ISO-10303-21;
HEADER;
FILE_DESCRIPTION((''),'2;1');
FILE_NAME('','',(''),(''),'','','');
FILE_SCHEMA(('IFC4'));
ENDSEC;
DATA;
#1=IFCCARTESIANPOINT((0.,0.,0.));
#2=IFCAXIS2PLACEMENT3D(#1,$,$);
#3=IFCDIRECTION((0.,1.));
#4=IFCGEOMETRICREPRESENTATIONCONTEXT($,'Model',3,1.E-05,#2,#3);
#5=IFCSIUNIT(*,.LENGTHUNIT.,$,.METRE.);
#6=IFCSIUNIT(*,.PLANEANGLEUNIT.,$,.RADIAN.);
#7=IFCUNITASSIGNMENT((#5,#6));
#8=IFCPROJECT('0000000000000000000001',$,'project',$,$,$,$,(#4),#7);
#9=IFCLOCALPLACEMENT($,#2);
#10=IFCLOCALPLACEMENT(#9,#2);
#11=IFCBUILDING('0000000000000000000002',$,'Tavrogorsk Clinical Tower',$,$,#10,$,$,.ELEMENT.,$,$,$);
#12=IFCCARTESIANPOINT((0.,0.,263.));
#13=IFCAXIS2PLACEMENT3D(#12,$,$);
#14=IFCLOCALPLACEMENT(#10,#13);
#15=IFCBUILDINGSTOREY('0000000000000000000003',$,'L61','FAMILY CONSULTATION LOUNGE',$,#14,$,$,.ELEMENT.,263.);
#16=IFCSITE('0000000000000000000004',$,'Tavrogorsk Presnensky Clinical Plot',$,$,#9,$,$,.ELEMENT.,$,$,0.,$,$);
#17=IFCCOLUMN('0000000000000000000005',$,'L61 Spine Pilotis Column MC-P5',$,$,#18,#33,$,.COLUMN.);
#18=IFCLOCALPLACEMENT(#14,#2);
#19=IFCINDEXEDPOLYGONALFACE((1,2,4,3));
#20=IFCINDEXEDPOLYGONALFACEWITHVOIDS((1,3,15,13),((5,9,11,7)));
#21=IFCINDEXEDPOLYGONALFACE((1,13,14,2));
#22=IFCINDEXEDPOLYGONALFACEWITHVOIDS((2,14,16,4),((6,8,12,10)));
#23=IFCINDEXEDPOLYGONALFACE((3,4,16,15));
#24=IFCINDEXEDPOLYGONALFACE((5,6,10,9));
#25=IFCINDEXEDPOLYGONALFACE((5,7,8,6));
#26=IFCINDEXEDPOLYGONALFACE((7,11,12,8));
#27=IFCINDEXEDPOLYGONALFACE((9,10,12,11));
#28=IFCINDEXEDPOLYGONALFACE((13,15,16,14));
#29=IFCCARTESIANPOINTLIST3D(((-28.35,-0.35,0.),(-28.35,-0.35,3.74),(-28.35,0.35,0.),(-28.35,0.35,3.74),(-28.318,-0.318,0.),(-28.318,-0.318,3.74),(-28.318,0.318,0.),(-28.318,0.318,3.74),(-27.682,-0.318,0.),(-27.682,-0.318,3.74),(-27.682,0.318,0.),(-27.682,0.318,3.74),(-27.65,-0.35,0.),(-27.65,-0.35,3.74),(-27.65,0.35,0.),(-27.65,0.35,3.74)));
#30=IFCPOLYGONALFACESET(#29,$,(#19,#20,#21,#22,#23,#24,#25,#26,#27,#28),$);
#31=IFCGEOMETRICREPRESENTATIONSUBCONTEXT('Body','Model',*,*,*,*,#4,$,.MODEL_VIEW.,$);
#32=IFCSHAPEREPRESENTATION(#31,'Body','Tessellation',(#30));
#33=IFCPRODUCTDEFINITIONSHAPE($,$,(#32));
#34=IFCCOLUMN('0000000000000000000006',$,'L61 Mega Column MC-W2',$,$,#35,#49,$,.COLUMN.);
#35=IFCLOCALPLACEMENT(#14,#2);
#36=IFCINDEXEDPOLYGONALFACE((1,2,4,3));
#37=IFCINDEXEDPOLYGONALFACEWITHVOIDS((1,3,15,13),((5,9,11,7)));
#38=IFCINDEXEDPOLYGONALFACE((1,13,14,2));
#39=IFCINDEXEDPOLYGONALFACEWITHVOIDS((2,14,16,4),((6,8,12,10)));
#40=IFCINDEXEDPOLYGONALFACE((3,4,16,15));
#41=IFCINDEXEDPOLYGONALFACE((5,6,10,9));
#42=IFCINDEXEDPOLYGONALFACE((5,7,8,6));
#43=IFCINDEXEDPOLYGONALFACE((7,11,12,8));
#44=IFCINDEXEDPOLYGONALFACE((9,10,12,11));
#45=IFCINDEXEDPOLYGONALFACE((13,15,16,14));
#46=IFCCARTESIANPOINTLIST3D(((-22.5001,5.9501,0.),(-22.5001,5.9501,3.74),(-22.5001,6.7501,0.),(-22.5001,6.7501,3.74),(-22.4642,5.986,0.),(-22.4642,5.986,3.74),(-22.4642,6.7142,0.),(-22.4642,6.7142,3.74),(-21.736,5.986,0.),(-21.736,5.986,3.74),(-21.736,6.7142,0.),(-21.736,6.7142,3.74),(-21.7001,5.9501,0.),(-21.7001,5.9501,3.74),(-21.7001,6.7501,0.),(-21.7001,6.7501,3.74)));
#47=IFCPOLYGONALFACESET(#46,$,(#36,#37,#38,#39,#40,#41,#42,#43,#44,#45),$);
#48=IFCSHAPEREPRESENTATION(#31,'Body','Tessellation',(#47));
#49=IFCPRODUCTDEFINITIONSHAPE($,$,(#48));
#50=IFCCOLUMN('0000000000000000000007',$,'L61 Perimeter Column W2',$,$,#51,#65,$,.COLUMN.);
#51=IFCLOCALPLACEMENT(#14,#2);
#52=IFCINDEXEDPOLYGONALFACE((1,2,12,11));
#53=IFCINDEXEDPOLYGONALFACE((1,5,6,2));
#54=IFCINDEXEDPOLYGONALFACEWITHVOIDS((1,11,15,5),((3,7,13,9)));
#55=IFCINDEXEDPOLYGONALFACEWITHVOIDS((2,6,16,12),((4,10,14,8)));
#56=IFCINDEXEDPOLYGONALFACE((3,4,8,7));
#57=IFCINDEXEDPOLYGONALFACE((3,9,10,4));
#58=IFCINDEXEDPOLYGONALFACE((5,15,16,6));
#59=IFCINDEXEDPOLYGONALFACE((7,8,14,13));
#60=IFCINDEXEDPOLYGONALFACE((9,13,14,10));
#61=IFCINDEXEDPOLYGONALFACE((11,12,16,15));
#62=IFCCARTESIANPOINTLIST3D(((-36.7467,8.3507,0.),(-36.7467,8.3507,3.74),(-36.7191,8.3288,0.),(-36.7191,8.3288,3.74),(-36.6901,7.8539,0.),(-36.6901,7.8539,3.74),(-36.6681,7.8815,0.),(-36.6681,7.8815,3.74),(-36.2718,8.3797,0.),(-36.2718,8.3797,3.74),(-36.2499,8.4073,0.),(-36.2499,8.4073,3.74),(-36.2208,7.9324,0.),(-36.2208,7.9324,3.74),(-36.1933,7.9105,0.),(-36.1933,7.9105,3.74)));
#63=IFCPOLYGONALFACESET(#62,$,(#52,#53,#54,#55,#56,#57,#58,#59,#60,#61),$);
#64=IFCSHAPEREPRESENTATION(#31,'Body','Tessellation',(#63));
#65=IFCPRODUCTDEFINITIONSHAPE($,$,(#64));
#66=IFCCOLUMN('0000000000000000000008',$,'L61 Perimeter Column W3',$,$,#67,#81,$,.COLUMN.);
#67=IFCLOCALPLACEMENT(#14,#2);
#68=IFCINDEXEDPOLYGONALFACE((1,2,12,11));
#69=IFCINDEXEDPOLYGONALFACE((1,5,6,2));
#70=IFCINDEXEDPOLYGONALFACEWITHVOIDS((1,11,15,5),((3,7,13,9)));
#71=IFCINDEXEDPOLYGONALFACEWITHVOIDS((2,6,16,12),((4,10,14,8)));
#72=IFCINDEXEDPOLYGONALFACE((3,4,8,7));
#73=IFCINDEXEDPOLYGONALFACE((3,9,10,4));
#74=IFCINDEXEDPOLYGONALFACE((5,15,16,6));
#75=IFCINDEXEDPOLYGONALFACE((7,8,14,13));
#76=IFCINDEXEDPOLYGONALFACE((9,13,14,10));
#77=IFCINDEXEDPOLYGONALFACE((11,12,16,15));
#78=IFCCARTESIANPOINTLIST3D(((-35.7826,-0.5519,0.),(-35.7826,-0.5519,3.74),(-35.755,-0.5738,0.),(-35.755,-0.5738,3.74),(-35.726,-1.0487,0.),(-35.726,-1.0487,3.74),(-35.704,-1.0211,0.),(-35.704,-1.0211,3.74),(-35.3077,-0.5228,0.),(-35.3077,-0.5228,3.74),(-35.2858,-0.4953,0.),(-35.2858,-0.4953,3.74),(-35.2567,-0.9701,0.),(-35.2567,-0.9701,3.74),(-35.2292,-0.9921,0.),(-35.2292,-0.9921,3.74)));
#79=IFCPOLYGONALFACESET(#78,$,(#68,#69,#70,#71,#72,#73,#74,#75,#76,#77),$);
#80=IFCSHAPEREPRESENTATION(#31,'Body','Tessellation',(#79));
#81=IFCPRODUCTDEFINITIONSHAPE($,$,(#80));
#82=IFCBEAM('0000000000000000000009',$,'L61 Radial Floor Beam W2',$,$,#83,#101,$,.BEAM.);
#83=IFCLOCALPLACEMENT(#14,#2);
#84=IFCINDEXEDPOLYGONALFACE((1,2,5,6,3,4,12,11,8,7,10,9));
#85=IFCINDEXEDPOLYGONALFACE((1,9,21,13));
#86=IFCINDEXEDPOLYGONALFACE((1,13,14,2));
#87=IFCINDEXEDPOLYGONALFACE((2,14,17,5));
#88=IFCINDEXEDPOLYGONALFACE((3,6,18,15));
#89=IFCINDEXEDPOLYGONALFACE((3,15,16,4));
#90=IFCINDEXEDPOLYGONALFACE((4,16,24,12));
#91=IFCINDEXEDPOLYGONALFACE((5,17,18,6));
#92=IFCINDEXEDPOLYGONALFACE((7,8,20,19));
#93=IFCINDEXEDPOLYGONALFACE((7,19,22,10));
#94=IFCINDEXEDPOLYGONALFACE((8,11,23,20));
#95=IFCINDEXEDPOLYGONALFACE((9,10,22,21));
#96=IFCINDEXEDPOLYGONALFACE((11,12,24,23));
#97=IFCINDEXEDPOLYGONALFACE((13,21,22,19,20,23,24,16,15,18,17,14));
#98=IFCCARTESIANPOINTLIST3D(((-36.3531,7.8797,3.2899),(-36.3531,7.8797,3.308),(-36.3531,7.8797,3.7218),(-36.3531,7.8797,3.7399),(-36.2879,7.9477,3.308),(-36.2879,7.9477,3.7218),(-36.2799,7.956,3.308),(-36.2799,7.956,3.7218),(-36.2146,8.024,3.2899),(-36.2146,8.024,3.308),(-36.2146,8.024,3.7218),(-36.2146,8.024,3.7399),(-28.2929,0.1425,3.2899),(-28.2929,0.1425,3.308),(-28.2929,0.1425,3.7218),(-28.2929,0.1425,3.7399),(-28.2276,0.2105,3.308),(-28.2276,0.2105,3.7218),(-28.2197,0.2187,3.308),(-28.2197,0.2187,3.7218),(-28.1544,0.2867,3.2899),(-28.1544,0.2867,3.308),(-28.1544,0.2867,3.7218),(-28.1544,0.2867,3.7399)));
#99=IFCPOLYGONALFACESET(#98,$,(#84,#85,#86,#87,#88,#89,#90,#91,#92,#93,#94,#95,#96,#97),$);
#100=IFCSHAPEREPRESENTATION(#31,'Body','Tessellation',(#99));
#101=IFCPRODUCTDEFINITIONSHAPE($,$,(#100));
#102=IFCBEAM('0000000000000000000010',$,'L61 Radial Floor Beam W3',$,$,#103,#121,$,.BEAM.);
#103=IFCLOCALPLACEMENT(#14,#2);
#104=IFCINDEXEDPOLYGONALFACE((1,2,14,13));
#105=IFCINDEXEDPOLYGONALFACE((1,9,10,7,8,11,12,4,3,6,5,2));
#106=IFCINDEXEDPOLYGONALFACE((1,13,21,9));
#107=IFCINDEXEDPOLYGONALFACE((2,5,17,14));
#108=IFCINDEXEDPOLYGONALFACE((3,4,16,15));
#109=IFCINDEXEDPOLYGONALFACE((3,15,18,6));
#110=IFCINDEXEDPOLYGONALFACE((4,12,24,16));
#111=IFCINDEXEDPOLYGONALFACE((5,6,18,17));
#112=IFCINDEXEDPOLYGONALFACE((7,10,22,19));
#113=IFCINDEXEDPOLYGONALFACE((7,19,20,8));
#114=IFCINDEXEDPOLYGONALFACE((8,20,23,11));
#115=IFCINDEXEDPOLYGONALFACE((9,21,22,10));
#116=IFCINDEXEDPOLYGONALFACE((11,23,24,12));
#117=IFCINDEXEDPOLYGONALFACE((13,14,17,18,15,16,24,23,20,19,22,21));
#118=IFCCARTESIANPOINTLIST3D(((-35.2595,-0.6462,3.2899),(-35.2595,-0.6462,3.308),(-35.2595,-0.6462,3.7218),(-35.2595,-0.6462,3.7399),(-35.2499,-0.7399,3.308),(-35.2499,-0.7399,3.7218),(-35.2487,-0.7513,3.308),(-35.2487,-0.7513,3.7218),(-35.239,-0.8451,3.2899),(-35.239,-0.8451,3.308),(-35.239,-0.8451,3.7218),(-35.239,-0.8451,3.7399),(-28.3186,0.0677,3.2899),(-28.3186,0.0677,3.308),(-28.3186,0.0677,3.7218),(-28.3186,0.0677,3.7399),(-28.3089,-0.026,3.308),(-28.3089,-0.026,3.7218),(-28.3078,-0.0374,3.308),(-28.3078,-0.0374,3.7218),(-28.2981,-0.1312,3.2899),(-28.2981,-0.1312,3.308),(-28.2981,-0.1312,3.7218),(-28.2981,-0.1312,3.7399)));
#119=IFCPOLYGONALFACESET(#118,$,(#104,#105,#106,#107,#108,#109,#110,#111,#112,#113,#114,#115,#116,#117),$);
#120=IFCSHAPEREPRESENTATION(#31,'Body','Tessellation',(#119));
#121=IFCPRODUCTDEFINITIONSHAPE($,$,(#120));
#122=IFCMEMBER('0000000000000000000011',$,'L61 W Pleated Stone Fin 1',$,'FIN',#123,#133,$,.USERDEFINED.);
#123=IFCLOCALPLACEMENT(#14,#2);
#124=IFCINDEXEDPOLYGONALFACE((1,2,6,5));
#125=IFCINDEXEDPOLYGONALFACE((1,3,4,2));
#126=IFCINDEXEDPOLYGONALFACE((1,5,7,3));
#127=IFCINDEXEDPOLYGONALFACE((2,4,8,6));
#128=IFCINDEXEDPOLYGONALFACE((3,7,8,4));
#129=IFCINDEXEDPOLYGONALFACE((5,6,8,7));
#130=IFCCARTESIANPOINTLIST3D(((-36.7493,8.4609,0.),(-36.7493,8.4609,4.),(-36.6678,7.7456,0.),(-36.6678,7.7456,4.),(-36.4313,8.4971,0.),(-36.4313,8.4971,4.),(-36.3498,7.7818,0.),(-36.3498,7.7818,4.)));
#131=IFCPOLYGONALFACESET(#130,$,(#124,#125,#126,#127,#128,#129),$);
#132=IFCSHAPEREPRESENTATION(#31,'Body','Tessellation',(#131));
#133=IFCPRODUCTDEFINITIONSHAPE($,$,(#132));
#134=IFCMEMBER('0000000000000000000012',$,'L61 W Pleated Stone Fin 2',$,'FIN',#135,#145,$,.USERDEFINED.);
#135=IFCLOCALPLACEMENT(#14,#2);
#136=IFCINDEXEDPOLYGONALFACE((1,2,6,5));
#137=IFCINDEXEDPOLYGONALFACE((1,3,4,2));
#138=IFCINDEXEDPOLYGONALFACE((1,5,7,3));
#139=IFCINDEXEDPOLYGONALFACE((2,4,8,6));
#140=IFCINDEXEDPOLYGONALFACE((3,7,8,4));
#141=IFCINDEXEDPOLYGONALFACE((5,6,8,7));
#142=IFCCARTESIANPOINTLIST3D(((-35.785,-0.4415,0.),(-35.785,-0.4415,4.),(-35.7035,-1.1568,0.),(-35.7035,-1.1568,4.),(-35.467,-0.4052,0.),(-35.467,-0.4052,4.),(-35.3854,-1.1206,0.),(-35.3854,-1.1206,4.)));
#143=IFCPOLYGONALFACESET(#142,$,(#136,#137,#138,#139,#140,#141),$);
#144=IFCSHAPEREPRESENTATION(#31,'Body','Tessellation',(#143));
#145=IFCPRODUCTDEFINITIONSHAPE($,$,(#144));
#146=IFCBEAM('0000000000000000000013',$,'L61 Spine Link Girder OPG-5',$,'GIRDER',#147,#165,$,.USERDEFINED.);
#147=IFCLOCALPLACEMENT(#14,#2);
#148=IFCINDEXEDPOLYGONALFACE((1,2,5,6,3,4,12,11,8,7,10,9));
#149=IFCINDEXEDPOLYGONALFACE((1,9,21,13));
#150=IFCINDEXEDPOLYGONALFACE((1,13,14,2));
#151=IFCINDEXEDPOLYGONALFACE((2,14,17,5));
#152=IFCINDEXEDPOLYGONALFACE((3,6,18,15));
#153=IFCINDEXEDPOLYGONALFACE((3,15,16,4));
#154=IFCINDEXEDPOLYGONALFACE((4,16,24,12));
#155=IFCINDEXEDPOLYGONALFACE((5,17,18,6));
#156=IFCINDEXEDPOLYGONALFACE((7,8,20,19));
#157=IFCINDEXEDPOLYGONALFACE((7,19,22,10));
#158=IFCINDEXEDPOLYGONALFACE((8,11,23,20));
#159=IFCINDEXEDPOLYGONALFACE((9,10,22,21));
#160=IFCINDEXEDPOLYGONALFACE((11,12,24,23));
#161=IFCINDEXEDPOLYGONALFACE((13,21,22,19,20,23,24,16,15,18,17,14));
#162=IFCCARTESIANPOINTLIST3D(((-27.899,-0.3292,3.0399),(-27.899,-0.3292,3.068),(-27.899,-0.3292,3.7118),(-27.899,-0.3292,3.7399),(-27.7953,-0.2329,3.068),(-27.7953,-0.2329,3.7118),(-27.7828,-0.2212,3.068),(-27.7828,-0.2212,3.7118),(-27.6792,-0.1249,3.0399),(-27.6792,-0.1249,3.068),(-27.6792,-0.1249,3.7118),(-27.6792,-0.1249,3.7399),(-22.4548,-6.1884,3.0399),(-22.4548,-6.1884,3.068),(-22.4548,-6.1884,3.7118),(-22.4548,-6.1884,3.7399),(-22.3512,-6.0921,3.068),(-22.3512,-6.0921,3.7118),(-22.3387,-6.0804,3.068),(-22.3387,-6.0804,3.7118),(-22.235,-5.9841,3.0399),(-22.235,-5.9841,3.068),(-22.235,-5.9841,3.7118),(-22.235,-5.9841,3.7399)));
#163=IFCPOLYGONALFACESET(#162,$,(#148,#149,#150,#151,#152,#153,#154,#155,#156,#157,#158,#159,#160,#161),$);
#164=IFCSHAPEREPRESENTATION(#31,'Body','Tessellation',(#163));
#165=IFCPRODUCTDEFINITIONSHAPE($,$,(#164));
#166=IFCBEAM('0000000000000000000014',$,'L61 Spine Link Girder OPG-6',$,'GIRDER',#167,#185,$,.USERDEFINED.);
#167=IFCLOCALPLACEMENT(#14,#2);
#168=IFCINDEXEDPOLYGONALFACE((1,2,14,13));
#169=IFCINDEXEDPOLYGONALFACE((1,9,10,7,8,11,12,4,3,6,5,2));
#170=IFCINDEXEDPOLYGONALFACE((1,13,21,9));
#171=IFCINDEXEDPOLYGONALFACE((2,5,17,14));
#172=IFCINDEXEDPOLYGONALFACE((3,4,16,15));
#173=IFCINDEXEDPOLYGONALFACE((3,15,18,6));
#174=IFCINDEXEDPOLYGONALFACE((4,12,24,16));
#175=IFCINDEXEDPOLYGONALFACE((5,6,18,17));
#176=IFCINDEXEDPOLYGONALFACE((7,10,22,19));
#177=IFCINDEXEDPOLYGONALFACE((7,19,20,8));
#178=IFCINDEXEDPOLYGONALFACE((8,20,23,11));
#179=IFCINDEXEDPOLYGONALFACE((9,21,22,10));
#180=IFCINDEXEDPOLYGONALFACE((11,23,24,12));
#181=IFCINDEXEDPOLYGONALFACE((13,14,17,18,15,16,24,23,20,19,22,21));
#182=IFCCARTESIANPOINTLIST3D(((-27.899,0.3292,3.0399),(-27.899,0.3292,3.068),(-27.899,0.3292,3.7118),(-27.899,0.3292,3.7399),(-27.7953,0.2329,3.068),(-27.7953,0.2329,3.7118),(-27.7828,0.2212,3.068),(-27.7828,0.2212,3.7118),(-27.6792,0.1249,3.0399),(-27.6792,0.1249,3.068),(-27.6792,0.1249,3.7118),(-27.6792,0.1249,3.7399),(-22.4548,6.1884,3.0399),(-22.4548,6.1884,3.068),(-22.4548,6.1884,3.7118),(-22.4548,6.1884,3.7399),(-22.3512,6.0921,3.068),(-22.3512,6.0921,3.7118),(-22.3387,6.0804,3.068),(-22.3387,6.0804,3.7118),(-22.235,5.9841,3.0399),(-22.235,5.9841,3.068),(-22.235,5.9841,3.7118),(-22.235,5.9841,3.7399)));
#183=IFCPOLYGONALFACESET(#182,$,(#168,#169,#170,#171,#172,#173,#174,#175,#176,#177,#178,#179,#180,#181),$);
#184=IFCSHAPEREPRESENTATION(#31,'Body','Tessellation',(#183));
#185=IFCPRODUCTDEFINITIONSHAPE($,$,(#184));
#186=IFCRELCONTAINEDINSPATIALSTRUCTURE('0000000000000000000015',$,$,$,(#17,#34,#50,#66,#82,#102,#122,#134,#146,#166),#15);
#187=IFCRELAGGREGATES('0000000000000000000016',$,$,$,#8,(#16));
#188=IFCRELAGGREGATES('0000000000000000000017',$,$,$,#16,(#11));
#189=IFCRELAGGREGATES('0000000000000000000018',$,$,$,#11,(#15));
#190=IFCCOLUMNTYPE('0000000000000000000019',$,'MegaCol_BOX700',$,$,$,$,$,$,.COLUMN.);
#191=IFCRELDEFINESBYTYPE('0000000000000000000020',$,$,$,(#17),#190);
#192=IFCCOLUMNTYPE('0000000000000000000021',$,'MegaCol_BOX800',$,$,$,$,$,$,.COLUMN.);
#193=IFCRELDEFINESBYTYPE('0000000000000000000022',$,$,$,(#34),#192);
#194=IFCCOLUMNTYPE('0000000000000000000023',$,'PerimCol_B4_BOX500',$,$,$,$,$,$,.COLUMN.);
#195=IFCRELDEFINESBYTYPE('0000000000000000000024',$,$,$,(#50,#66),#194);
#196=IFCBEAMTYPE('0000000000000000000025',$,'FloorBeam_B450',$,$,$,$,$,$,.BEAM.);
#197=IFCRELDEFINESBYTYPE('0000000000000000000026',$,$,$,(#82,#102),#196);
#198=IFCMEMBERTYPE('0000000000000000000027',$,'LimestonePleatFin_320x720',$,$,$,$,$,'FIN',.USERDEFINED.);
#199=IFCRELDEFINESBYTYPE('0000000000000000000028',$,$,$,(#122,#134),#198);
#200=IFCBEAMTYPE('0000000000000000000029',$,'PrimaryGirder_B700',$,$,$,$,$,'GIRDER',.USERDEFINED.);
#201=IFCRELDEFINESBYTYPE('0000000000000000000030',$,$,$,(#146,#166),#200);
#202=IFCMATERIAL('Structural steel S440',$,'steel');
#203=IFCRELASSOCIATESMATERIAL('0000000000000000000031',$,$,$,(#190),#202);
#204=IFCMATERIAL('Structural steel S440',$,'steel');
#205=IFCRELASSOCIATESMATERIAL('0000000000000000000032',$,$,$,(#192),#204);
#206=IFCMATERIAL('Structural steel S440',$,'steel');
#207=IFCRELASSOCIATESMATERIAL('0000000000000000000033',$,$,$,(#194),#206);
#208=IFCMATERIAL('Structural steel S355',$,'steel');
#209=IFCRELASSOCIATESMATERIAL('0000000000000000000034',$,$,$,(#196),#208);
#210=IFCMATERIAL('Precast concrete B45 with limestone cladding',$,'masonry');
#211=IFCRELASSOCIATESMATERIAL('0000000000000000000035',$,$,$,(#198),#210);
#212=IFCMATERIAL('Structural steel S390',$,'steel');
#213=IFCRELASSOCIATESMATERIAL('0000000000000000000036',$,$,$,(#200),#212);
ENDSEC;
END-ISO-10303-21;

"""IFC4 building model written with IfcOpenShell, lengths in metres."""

from ifc_helpers import new_model, si_unit, direction, frame, origin, origin_2d, place, context, subcontext, project, spatial, rectangle, hollow_rectangle, i_section, extrude, material, material_profile, profile_set, type_object, element, save


model = new_model("IFC4")

# Units and contexts
model_context = context("Model", 3, precision=1e-05, world=origin(), true_north=direction((0.0, 1.0)))
body_context = subcontext(model_context, "Body", "Model", "MODEL_VIEW")
ifc_project = project(units=[si_unit("LENGTHUNIT", "METRE"), si_unit("PLANEANGLEUNIT", "RADIAN")], contexts=[model_context])

# Site, building, storey
site_placement = place(None, origin())
site = spatial("IfcSite", under=ifc_project, at=site_placement, Name="Tavrogorsk Presnensky Clinical Plot", CompositionType="ELEMENT", RefElevation=0.0)
building_placement = place(site_placement, origin())
building = spatial("IfcBuilding", under=site, at=building_placement, Name="Tavrogorsk Clinical Tower", CompositionType="ELEMENT")
storey_placement = place(building_placement, frame((0.0, 0.0, 263.0)))
storey = spatial("IfcBuildingStorey", under=building, at=storey_placement, Name="L61", Description="FAMILY CONSULTATION LOUNGE", CompositionType="ELEMENT", Elevation=263.0)

# Columns
ifc_material_1 = material(Name="Structural steel S440", Category="steel")
ifc_material_profile_1 = material_profile(ifc_material_1, hollow_rectangle(XDim=0.7, YDim=0.7, WallThickness=0.032, at=origin_2d()), Name="BOX-700x700x32")
ifc_profile_set_1 = profile_set([ifc_material_profile_1], Name="Structural steel S440")
column_type_1 = type_object("IfcColumnType", Name="MegaCol_BOX700", PredefinedType="COLUMN", material=ifc_profile_set_1)
column_1_placement = place(storey_placement, frame((-28.0, 0.0, 0.0), z_axis=(0.0, 0.0, 1.0), x_axis=(1.0, 0.0, 0.0)))
element("IfcColumn", 1, at=column_1_placement, inside=storey, type_object=column_type_1, Name="L61 Spine Pilotis Column MC-P5", PredefinedType="COLUMN", context=body_context, shape_type="SweptSolid", body=[
    extrude(hollow_rectangle(XDim=0.7, YDim=0.7, WallThickness=0.032, at=origin_2d()), origin(), (0.0, 0.0, 1.0), 3.74),
])
ifc_material_2 = material(Name="Structural steel S440", Category="steel")
ifc_material_profile_2 = material_profile(ifc_material_2, hollow_rectangle(XDim=0.8, YDim=0.8, WallThickness=0.0359, at=origin_2d()), Name="BOX-800x800x36")
ifc_profile_set_2 = profile_set([ifc_material_profile_2], Name="Structural steel S440")
column_type_2 = type_object("IfcColumnType", Name="MegaCol_BOX800", PredefinedType="COLUMN", material=ifc_profile_set_2)
column_2_placement = place(storey_placement, frame((-22.1001, 6.3501, 0.0), z_axis=(0.0, 0.0, 1.0), x_axis=(1.0, 0.0, 0.0)))
element("IfcColumn", 2, at=column_2_placement, inside=storey, type_object=column_type_2, Name="L61 Mega Column MC-W2", PredefinedType="COLUMN", context=body_context, shape_type="SweptSolid", body=[
    extrude(hollow_rectangle(XDim=0.8, YDim=0.8, WallThickness=0.0359, at=origin_2d()), origin(), (0.0, 0.0, 1.0), 3.74),
])
ifc_material_3 = material(Name="Structural steel S440", Category="steel")
ifc_material_profile_3 = material_profile(ifc_material_3, hollow_rectangle(XDim=0.5, YDim=0.5, WallThickness=0.0249, at=origin_2d()), Name="BOX-500x500x25")
ifc_profile_set_3 = profile_set([ifc_material_profile_3], Name="Structural steel S440")
column_type_3 = type_object("IfcColumnType", Name="PerimCol_B4_BOX500", PredefinedType="COLUMN", material=ifc_profile_set_3)
for number, where, z_axis, x_axis, name in (
    (3, (-36.47, 8.1306, 0.0), (0.0, 0.0, 1.0), (0.993572, 0.113203, 0.0), "L61 Perimeter Column W2"),
    (4, (-35.5059, -0.772, 0.0), (0.0, 0.0, 1.0), (0.993572, 0.113203, 0.0), "L61 Perimeter Column W3"),
):
    element("IfcColumn", number, at=place(storey_placement, frame(where, z_axis=z_axis, x_axis=x_axis)), inside=storey, type_object=column_type_3, Name=name, PredefinedType="COLUMN", context=body_context, shape_type="SweptSolid", body=[
        extrude(hollow_rectangle(XDim=0.5, YDim=0.5, WallThickness=0.0249, at=origin_2d()), origin(), (0.0, 0.0, 1.0), 3.74),
    ])

# Beams
ifc_material_4 = material(Name="Structural steel S355", Category="steel")
ifc_material_profile_4 = material_profile(ifc_material_4, i_section(OverallWidth=0.2, OverallDepth=0.45, WebThickness=0.0115, FlangeThickness=0.0181, at=origin_2d()), Name="B-450x200x11.5x18")
ifc_profile_set_4 = profile_set([ifc_material_profile_4], Name="Structural steel S355")
beam_type_1 = type_object("IfcBeamType", Name="FloorBeam_B450", PredefinedType="BEAM", material=ifc_profile_set_4)
beam_1_placement = place(storey_placement, frame((-28.2236, 0.2146, 3.5149), z_axis=(-0.721414, 0.692505, 0.0), x_axis=(-0.692505, -0.721414, 0.0)))
element("IfcBeam", 5, at=beam_1_placement, inside=storey, type_object=beam_type_1, Name="L61 Radial Floor Beam W2", PredefinedType="BEAM", context=body_context, shape_type="SweptSolid", body=[
    extrude(i_section(OverallWidth=0.2, OverallDepth=0.45, WebThickness=0.0115, FlangeThickness=0.0181, at=origin_2d()), origin(), (0.0, 0.0, 1.0), 11.1729),
])
beam_2_placement = place(storey_placement, frame((-28.3083, -0.0317, 3.5149), z_axis=(-0.994753, -0.102309, 0.0), x_axis=(0.102309, -0.994753, 0.0)))
element("IfcBeam", 6, at=beam_2_placement, inside=storey, type_object=beam_type_1, Name="L61 Radial Floor Beam W3", PredefinedType="BEAM", context=body_context, shape_type="SweptSolid", body=[
    extrude(i_section(OverallWidth=0.2, OverallDepth=0.45, WebThickness=0.0115, FlangeThickness=0.0181, at=origin_2d()), origin(), (0.0, 0.0, 1.0), 6.9775),
])

# Members
ifc_material_5 = material(Name="Precast concrete B45 with limestone cladding", Category="masonry")
ifc_material_profile_5 = material_profile(ifc_material_5, rectangle(XDim=0.3201, YDim=0.72, at=origin_2d()), Name="LIMESTONE-FIN-320x720")
ifc_profile_set_5 = profile_set([ifc_material_profile_5], Name="Precast concrete B45 with limestone cladding")
member_type = type_object("IfcMemberType", Name="LimestonePleatFin_320x720", ElementType="FIN", PredefinedType="USERDEFINED", material=ifc_profile_set_5)
for number, where, z_axis, x_axis, name in (
    (7, (-36.5496, 8.1213, 0.0), (0.0, 0.0, 1.0), (0.993572, 0.113203, 0.0), "L61 W Pleated Stone Fin 1"),
    (8, (-35.5852, -0.781, 0.0), (0.0, 0.0, 1.0), (0.993572, 0.113203, 0.0), "L61 W Pleated Stone Fin 2"),
):
    element("IfcMember", number, at=place(storey_placement, frame(where, z_axis=z_axis, x_axis=x_axis)), inside=storey, type_object=member_type, Name=name, ObjectType="FIN", PredefinedType="USERDEFINED", context=body_context, shape_type="SweptSolid", body=[
        extrude(rectangle(XDim=0.3201, YDim=0.72, at=origin_2d()), origin(), (0.0, 0.0, 1.0), 4.0),
    ])

# Beams
ifc_material_6 = material(Name="Structural steel S390", Category="steel")
ifc_material_profile_6 = material_profile(ifc_material_6, i_section(OverallWidth=0.3, OverallDepth=0.7, WebThickness=0.0171, FlangeThickness=0.0281, at=origin_2d()), Name="B-700x300x17x28")
ifc_profile_set_6 = profile_set([ifc_material_profile_6], Name="Structural steel S390")
beam_type_2 = type_object("IfcBeamType", Name="PrimaryGirder_B700", ElementType="GIRDER", PredefinedType="USERDEFINED", material=ifc_profile_set_6)
for number, where, z_axis, x_axis, name in (
    (9, (-27.7891, -0.2271, 3.3899), (0.680684, -0.732577, 0.0), (0.732577, 0.680684, 0.0), "L61 Spine Link Girder OPG-5"),
    (10, (-27.7891, 0.2271, 3.3899), (0.680684, 0.732577, 0.0), (-0.732577, 0.680684, 0.0), "L61 Spine Link Girder OPG-6"),
):
    element("IfcBeam", number, at=place(storey_placement, frame(where, z_axis=z_axis, x_axis=x_axis)), inside=storey, type_object=beam_type_2, Name=name, ObjectType="GIRDER", PredefinedType="USERDEFINED", context=body_context, shape_type="SweptSolid", body=[
        extrude(i_section(OverallWidth=0.3, OverallDepth=0.7, WebThickness=0.0171, FlangeThickness=0.0281, at=origin_2d()), origin(), (0.0, 0.0, 1.0), 7.998),
    ])

save(model, "model.ifc")
